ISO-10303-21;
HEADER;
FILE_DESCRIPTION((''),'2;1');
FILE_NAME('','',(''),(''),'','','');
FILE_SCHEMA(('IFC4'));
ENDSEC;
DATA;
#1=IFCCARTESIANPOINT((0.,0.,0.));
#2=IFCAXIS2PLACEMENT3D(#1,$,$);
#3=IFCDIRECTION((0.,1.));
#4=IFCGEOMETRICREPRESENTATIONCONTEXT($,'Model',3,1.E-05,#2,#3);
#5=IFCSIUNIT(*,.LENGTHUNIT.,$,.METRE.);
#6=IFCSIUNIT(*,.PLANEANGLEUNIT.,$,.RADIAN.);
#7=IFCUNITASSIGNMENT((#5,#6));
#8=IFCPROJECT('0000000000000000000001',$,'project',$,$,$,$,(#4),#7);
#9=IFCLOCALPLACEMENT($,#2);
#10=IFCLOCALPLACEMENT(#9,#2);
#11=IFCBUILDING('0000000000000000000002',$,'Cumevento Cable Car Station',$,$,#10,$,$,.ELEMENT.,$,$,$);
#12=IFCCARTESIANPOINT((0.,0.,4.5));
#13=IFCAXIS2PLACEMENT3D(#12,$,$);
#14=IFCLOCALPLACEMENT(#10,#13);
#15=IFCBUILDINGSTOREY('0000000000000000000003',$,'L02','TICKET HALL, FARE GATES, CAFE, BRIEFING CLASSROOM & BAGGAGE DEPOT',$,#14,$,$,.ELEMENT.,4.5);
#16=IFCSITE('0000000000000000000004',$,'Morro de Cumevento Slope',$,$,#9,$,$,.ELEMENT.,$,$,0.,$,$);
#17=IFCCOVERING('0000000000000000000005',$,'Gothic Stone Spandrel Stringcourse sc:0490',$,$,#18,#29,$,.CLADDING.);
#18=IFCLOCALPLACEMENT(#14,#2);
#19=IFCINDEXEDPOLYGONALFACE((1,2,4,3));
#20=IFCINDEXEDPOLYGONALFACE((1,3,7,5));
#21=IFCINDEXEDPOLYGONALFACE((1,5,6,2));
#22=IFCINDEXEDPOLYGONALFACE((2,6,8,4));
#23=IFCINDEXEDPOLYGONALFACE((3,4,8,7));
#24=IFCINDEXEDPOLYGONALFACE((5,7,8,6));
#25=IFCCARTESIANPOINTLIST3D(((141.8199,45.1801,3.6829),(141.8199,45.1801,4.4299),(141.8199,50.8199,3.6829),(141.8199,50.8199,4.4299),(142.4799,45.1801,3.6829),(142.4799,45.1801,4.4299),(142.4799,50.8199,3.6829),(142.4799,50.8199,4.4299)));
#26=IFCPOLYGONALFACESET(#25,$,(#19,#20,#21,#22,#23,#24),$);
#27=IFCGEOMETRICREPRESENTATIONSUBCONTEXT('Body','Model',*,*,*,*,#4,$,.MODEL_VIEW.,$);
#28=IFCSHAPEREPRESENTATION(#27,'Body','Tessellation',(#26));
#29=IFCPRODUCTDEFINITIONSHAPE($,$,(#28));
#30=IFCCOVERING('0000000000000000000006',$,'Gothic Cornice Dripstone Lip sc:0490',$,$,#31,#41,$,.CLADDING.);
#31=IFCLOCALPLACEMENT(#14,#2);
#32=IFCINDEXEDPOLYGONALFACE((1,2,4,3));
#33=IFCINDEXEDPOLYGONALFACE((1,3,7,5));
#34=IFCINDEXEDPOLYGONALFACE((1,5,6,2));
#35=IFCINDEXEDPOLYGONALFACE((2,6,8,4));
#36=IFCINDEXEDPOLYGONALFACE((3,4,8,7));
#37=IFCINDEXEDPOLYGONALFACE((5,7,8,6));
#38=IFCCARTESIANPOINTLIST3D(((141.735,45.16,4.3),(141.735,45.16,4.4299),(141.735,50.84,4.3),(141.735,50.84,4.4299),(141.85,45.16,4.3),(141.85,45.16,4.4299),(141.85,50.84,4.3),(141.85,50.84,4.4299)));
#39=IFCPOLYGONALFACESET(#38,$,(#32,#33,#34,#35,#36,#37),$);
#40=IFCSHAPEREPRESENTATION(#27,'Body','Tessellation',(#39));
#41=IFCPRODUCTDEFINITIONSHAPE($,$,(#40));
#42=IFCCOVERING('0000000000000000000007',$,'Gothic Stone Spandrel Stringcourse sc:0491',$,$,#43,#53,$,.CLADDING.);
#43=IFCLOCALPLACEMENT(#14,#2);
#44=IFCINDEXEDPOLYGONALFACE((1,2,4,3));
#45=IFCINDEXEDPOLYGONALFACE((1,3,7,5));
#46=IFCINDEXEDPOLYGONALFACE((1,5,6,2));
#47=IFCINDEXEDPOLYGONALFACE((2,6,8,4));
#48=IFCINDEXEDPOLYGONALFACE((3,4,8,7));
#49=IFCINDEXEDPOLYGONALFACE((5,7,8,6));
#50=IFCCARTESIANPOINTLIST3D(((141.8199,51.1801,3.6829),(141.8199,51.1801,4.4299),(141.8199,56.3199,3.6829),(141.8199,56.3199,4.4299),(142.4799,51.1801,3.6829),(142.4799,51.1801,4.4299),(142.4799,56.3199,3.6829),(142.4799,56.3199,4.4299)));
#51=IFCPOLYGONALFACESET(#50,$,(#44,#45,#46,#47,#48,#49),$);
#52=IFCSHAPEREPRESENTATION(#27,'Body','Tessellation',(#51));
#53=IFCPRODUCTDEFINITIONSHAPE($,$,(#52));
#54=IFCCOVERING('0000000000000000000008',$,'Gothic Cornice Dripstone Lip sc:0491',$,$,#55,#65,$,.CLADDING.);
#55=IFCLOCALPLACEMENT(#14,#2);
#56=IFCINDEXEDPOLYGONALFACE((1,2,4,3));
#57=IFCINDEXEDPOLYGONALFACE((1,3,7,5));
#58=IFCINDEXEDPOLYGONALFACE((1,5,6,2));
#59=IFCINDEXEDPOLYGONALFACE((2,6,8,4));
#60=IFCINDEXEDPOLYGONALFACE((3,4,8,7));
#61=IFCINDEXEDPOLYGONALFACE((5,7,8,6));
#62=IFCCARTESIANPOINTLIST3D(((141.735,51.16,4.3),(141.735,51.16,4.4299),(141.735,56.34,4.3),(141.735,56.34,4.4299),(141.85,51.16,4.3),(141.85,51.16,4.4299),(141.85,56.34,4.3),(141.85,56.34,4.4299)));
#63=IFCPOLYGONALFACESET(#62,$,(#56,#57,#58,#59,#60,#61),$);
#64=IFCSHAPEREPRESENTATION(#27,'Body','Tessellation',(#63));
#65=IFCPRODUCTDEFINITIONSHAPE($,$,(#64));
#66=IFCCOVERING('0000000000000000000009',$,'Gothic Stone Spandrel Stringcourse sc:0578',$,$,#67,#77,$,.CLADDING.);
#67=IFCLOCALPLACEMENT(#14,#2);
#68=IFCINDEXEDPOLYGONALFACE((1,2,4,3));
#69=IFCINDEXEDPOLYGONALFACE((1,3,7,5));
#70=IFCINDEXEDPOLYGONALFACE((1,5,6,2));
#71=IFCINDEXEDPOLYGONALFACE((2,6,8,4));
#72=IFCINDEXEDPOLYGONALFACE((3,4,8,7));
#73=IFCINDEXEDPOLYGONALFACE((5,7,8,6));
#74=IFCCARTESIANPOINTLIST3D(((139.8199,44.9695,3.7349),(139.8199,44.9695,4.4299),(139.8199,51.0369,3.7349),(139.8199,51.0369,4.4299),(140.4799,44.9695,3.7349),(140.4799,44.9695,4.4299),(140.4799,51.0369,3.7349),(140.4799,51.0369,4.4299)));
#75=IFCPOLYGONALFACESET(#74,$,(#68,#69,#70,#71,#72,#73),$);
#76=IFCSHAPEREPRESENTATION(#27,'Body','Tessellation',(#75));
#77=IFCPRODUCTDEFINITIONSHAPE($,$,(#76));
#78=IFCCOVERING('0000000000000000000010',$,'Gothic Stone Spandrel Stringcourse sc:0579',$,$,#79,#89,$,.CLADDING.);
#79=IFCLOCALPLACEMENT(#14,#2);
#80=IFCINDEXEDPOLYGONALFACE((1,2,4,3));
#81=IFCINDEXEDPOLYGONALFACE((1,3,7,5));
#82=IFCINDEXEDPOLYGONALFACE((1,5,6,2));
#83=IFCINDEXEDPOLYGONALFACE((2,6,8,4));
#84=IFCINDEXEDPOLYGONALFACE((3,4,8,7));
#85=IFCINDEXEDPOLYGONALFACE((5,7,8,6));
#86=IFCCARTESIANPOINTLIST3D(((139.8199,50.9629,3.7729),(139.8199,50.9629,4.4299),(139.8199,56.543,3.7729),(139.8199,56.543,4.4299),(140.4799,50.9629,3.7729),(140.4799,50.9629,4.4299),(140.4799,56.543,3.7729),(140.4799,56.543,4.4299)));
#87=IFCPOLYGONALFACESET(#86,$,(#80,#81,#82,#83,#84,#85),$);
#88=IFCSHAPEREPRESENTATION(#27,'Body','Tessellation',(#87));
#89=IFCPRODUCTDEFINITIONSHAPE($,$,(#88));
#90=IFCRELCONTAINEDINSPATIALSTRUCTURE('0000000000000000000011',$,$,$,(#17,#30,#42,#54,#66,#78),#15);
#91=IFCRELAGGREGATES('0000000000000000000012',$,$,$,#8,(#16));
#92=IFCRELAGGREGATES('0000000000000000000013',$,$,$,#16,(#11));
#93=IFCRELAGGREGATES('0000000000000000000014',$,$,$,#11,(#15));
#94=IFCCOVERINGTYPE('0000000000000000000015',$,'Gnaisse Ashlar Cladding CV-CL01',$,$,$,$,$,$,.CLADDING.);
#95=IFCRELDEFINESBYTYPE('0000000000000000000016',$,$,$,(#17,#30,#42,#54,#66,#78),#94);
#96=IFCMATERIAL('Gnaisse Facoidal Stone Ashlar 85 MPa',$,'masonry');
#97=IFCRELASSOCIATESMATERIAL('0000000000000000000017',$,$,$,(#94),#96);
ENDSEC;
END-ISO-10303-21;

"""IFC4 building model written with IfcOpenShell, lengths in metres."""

from ifc_helpers import new_model, si_unit, direction, frame, origin, origin_2d, place, context, subcontext, project, spatial, rectangle, extrude, material, type_object, element, save


model = new_model("IFC4")

# Units and contexts
model_context = context("Model", 3, precision=1e-05, world=origin(), true_north=direction((0.0, 1.0)))
body_context = subcontext(model_context, "Body", "Model", "MODEL_VIEW")
ifc_project = project(units=[si_unit("LENGTHUNIT", "METRE"), si_unit("PLANEANGLEUNIT", "RADIAN")], contexts=[model_context])

# Site, building, storey
site_placement = place(None, origin())
site = spatial("IfcSite", under=ifc_project, at=site_placement, Name="Morro de Cumevento Slope", CompositionType="ELEMENT", RefElevation=0.0)
building_placement = place(site_placement, origin())
building = spatial("IfcBuilding", under=site, at=building_placement, Name="Cumevento Cable Car Station", CompositionType="ELEMENT")
storey_placement = place(building_placement, frame((0.0, 0.0, 4.5)))
storey = spatial("IfcBuildingStorey", under=building, at=storey_placement, Name="L02", Description="TICKET HALL, FARE GATES, CAFE, BRIEFING CLASSROOM & BAGGAGE DEPOT", CompositionType="ELEMENT", Elevation=4.5)

# Coverings
ifc_material_1 = material(Name="Gnaisse Facoidal Stone Ashlar 85 MPa", Category="masonry")
covering_type = type_object("IfcCoveringType", Name="Gnaisse Ashlar Cladding CV-CL01", PredefinedType="CLADDING", material=ifc_material_1)
covering_1_placement = place(storey_placement, frame((142.1499, 48.0, 3.6829), z_axis=(0.0, 0.0, 1.0), x_axis=(0.0, 1.0, 0.0)))
element("IfcCovering", 1, at=covering_1_placement, inside=storey, type_object=covering_type, Name="Gothic Stone Spandrel Stringcourse sc:0490", PredefinedType="CLADDING", context=body_context, shape_type="SweptSolid", body=[
    extrude(rectangle(XDim=5.6399, YDim=0.6599, at=origin_2d()), origin(), (0.0, 0.0, 1.0), 0.7471),
])
covering_2_placement = place(storey_placement, frame((141.7925, 48.0, 4.3), z_axis=(0.0, 0.0, 1.0), x_axis=(0.0, 1.0, 0.0)))
element("IfcCovering", 2, at=covering_2_placement, inside=storey, type_object=covering_type, Name="Gothic Cornice Dripstone Lip sc:0490", PredefinedType="CLADDING", context=body_context, shape_type="SweptSolid", body=[
    extrude(rectangle(XDim=5.6799, YDim=0.115, at=origin_2d()), origin(), (0.0, 0.0, 1.0), 0.1299),
])
covering_3_placement = place(storey_placement, frame((142.1499, 53.75, 3.6829), z_axis=(0.0, 0.0, 1.0), x_axis=(0.0, 1.0, 0.0)))
element("IfcCovering", 3, at=covering_3_placement, inside=storey, type_object=covering_type, Name="Gothic Stone Spandrel Stringcourse sc:0491", PredefinedType="CLADDING", context=body_context, shape_type="SweptSolid", body=[
    extrude(rectangle(XDim=5.1399, YDim=0.6599, at=origin_2d()), origin(), (0.0, 0.0, 1.0), 0.7471),
])
covering_4_placement = place(storey_placement, frame((141.7925, 53.75, 4.3), z_axis=(0.0, 0.0, 1.0), x_axis=(0.0, 1.0, 0.0)))
element("IfcCovering", 4, at=covering_4_placement, inside=storey, type_object=covering_type, Name="Gothic Cornice Dripstone Lip sc:0491", PredefinedType="CLADDING", context=body_context, shape_type="SweptSolid", body=[
    extrude(rectangle(XDim=5.1799, YDim=0.115, at=origin_2d()), origin(), (0.0, 0.0, 1.0), 0.1299),
])
covering_5_placement = place(storey_placement, frame((140.1499, 48.0032, 3.7349), z_axis=(0.0, 0.0, 1.0), x_axis=(0.0, 1.0, 0.0)))
element("IfcCovering", 5, at=covering_5_placement, inside=storey, type_object=covering_type, Name="Gothic Stone Spandrel Stringcourse sc:0578", PredefinedType="CLADDING", context=body_context, shape_type="SweptSolid", body=[
    extrude(rectangle(XDim=6.0674, YDim=0.6599, at=origin_2d()), origin(), (0.0, 0.0, 1.0), 0.6951),
])
covering_6_placement = place(storey_placement, frame((140.1499, 53.7529, 3.7729), z_axis=(0.0, 0.0, 1.0), x_axis=(0.0, 1.0, 0.0)))
element("IfcCovering", 6, at=covering_6_placement, inside=storey, type_object=covering_type, Name="Gothic Stone Spandrel Stringcourse sc:0579", PredefinedType="CLADDING", context=body_context, shape_type="SweptSolid", body=[
    extrude(rectangle(XDim=5.5801, YDim=0.6599, at=origin_2d()), origin(), (0.0, 0.0, 1.0), 0.657),
])

save(model, "model.ifc")
